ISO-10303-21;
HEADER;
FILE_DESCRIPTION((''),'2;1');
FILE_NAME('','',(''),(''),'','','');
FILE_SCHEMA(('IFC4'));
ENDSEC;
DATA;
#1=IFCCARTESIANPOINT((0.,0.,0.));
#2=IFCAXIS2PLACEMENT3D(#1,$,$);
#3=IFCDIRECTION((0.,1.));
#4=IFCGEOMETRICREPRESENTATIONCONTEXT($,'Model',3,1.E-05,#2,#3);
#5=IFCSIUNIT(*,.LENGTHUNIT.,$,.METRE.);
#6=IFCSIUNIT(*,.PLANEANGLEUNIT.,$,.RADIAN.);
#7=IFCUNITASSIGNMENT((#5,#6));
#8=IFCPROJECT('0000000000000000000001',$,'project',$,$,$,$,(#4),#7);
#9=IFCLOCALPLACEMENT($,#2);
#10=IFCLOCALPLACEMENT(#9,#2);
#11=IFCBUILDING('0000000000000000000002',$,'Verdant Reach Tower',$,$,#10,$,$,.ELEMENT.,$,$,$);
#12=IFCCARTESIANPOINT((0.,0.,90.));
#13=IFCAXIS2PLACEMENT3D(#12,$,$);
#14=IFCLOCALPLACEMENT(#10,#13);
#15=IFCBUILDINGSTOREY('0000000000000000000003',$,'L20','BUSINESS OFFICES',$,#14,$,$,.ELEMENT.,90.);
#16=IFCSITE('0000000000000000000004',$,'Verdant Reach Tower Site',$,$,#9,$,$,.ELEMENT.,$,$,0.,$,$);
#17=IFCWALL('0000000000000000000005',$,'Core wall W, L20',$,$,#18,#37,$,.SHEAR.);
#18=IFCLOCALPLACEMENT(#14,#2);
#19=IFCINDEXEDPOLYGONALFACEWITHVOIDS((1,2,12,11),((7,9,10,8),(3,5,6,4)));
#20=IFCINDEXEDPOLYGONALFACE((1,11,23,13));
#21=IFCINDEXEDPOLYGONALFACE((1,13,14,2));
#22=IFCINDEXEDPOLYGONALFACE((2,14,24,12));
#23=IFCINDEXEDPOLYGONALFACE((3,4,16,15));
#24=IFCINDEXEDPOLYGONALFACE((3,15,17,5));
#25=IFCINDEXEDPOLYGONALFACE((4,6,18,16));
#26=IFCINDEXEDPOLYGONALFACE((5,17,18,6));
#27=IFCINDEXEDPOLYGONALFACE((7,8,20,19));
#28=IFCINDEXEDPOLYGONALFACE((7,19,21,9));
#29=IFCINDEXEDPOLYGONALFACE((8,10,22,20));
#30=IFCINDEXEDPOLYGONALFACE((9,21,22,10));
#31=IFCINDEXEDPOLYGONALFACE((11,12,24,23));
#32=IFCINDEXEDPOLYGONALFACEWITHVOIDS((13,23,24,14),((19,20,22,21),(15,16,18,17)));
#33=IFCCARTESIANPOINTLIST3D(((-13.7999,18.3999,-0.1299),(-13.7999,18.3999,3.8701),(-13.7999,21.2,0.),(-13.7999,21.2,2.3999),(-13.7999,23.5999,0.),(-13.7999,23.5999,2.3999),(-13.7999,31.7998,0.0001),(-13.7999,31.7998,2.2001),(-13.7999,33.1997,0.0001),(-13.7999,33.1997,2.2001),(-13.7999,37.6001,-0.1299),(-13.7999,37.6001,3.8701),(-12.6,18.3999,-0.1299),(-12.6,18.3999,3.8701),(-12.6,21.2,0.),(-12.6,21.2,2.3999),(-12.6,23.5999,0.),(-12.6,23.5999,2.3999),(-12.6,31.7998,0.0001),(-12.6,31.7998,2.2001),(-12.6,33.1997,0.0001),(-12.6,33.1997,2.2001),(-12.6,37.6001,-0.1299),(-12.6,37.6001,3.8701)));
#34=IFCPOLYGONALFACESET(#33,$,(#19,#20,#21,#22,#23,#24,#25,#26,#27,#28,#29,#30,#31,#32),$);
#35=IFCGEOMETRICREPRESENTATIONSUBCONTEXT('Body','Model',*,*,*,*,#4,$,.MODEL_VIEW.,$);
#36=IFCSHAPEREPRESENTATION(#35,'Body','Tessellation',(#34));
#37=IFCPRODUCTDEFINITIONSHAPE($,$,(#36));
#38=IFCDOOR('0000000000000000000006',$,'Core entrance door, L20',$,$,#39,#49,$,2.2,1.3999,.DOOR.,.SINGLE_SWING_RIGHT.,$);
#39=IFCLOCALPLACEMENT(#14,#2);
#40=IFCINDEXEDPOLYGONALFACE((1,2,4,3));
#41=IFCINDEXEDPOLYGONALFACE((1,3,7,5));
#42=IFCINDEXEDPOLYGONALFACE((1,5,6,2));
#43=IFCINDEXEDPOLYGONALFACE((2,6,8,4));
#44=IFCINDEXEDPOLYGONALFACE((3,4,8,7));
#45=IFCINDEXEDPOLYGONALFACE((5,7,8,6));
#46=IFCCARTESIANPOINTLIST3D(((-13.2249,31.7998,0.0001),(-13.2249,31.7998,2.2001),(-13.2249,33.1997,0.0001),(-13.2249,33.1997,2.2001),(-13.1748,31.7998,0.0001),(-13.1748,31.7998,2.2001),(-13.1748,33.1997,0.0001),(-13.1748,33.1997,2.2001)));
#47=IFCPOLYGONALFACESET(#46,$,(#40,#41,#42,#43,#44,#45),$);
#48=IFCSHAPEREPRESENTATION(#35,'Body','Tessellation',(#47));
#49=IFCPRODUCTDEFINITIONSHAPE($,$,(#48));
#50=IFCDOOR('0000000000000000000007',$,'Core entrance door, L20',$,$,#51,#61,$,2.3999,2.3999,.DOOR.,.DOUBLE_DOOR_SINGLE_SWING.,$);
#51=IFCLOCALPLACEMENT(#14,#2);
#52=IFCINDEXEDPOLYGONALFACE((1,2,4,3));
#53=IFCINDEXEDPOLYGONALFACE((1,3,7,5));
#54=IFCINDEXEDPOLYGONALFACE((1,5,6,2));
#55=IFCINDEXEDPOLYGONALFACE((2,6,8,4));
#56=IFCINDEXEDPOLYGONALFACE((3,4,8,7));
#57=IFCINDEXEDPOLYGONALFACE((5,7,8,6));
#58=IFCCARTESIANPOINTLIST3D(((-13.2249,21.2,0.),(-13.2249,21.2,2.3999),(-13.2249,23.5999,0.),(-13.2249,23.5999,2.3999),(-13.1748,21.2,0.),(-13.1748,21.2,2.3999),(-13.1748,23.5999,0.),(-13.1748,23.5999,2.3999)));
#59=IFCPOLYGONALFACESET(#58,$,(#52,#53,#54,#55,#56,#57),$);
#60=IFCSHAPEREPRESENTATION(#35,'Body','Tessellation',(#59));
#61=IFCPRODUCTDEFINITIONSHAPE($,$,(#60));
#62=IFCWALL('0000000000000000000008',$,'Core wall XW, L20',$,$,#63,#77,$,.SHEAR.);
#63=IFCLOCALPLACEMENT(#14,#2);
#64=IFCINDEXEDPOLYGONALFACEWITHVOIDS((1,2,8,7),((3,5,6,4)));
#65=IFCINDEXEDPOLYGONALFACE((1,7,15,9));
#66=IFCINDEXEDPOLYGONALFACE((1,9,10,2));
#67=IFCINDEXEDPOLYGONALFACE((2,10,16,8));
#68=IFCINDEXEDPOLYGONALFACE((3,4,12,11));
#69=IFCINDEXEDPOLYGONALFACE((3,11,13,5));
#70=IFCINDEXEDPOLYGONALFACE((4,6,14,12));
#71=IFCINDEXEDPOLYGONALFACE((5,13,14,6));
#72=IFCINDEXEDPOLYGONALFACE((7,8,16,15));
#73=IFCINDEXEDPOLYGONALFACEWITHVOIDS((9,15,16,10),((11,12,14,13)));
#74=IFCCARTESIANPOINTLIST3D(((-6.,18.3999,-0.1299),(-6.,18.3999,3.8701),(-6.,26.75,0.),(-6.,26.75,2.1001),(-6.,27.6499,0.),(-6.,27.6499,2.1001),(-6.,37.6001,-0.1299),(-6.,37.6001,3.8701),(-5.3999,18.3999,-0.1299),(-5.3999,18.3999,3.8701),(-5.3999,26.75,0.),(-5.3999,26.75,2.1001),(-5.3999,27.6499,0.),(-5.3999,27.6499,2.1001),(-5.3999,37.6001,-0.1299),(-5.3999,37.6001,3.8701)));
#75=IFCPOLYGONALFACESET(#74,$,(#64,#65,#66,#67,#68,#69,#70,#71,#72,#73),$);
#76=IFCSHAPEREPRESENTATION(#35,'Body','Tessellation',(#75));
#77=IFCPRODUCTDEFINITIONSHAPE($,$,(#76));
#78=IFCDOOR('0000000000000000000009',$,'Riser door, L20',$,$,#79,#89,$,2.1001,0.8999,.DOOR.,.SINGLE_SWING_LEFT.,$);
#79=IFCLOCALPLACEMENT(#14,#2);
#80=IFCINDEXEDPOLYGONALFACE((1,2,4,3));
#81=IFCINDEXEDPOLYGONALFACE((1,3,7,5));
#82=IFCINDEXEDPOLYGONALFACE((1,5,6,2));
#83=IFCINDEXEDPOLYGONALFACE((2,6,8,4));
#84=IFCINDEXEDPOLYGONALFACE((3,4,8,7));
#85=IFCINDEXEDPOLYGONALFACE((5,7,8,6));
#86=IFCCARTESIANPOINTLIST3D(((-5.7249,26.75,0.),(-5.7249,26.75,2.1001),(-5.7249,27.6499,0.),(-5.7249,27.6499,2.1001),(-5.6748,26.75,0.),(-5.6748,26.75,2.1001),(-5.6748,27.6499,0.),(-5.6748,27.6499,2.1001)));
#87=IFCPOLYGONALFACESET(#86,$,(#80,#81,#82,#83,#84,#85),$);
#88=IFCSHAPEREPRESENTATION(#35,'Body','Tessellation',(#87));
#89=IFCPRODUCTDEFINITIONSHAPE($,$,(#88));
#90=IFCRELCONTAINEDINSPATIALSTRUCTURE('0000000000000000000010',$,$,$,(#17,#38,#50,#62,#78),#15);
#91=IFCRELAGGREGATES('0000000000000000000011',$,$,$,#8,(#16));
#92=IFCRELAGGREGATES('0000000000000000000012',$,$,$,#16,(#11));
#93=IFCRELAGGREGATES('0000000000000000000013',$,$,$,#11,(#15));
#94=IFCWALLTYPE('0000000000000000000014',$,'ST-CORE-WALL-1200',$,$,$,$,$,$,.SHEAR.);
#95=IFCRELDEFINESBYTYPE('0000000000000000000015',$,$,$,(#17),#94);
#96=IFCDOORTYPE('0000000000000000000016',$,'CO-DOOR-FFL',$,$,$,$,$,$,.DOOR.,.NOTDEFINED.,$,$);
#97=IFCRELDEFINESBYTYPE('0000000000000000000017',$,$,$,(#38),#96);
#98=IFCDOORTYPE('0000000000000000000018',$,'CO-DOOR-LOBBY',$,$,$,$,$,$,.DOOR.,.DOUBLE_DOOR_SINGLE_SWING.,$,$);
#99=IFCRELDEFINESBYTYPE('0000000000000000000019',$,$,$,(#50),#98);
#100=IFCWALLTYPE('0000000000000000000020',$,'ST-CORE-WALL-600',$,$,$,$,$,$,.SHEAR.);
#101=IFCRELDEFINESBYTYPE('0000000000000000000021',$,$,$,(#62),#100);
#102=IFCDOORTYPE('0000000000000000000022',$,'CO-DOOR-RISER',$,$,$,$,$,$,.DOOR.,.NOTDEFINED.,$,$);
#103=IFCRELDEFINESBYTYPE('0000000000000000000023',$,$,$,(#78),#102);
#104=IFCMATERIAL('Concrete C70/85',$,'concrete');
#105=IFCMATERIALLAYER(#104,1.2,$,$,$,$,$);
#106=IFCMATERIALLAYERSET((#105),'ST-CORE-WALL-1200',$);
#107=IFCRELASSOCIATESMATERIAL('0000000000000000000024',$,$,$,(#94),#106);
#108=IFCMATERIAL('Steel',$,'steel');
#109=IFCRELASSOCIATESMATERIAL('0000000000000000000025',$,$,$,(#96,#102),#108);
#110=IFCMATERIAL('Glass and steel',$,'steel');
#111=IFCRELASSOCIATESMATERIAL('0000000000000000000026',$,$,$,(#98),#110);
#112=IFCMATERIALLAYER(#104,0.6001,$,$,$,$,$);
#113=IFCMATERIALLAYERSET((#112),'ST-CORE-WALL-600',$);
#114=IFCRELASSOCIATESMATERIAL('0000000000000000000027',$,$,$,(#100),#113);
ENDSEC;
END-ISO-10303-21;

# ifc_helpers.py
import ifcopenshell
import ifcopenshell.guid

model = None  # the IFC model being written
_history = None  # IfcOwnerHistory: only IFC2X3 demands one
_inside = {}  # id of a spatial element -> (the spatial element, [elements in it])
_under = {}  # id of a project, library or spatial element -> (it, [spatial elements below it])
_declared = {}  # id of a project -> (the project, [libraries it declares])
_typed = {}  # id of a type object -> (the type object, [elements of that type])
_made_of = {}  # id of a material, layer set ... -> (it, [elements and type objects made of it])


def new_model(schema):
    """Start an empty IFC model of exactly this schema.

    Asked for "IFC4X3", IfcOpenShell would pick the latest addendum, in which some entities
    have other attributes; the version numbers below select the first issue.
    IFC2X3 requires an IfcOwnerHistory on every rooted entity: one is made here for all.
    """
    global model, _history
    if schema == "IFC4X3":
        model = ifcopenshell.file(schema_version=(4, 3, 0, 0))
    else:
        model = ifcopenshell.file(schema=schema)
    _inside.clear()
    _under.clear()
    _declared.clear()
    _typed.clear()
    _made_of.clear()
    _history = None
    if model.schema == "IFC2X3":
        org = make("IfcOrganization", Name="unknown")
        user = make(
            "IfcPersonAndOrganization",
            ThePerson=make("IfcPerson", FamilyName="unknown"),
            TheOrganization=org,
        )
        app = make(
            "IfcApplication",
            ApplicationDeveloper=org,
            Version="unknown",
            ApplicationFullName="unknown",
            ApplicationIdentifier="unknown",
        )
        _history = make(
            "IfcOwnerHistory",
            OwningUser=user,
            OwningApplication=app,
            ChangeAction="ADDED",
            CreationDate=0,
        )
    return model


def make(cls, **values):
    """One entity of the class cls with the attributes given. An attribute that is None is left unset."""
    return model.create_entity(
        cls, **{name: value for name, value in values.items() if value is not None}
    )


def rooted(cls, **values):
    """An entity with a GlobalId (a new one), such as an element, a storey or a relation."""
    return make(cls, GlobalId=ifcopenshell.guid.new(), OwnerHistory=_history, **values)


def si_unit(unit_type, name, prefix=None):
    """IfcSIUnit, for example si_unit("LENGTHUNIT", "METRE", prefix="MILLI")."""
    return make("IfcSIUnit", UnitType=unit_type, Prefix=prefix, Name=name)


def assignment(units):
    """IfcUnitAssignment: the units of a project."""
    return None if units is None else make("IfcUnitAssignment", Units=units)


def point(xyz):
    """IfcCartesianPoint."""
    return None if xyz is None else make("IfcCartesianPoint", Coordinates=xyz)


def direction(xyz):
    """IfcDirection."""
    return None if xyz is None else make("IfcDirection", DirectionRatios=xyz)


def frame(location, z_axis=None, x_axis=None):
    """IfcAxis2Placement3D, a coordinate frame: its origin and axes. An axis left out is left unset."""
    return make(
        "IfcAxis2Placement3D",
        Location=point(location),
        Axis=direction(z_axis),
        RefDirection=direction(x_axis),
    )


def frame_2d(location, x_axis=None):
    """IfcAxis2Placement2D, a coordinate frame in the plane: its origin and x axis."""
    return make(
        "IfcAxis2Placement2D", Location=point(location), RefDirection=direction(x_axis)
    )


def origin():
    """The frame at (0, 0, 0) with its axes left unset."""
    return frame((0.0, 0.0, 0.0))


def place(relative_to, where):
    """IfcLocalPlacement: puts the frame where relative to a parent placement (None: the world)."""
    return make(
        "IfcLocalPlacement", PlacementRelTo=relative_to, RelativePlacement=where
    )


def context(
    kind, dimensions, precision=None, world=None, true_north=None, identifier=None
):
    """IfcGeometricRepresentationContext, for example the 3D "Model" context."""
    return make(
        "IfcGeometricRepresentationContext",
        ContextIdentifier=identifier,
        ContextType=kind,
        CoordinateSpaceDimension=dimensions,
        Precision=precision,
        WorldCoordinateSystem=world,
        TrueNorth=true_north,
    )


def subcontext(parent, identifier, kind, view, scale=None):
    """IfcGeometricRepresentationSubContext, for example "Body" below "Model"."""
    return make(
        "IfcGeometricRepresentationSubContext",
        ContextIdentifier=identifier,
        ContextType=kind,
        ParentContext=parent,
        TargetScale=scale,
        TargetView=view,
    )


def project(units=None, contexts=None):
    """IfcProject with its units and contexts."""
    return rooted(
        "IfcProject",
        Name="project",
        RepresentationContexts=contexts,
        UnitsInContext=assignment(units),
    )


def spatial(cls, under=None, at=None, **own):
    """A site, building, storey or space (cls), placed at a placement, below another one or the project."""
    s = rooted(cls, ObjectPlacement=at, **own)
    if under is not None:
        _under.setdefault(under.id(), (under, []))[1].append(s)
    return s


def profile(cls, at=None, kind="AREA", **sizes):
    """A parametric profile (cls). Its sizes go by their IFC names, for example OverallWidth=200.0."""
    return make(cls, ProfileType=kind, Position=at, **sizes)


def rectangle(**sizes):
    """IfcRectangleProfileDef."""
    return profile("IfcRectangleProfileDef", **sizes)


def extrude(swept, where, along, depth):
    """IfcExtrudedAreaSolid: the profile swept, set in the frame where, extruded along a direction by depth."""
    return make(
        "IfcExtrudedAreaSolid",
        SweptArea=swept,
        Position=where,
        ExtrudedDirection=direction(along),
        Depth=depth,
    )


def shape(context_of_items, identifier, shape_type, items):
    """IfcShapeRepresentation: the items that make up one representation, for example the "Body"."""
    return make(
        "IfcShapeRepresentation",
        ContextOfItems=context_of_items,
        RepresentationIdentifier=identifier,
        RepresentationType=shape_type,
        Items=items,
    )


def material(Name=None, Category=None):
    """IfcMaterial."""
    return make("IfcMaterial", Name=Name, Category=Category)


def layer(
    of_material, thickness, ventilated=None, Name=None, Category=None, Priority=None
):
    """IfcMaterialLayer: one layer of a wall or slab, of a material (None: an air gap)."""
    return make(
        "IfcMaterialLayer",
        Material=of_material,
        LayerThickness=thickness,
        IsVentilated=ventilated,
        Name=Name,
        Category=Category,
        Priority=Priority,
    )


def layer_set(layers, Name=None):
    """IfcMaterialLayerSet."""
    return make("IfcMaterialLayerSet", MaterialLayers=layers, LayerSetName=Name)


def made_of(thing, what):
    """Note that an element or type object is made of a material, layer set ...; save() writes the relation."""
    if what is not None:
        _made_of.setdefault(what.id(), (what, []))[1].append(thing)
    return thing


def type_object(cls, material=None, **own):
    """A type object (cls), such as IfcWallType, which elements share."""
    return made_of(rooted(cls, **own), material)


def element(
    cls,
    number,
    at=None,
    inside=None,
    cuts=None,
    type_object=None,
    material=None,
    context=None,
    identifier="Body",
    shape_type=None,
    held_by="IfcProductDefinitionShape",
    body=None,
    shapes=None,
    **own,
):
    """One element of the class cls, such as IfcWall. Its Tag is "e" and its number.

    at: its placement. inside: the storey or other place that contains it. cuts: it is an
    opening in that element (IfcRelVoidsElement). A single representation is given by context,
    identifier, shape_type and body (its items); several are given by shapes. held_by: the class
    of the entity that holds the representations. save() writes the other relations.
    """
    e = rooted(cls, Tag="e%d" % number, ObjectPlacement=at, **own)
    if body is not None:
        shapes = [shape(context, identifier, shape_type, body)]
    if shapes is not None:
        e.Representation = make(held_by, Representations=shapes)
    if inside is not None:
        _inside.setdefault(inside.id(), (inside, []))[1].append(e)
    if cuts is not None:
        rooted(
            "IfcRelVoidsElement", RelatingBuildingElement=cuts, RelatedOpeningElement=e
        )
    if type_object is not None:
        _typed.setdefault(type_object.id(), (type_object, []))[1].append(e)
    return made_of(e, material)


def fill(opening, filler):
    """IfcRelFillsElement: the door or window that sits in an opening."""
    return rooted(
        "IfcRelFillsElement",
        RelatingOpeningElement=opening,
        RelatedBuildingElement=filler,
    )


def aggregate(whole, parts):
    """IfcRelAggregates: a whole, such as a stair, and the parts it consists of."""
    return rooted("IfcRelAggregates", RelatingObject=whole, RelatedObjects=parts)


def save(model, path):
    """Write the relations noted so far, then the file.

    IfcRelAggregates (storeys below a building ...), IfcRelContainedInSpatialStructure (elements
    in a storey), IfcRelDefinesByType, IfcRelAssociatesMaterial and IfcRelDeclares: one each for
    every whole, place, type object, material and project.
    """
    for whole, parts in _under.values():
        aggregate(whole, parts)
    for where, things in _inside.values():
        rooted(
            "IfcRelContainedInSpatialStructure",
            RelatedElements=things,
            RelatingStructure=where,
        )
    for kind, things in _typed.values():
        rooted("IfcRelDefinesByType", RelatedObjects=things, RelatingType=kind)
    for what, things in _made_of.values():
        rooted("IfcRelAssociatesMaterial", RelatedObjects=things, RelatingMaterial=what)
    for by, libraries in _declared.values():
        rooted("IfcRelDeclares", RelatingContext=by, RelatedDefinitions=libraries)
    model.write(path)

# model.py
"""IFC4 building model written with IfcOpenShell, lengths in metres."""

from ifc_helpers import new_model, si_unit, direction, frame, frame_2d, origin, place, context, subcontext, project, spatial, rectangle, extrude, material, layer, layer_set, type_object, element, fill, save


model = new_model("IFC4")

# Units and contexts
model_context = context("Model", 3, precision=1e-05, world=origin(), true_north=direction((0.0, 1.0)))
body_context = subcontext(model_context, "Body", "Model", "MODEL_VIEW")
ifc_project = project(units=[si_unit("LENGTHUNIT", "METRE"), si_unit("PLANEANGLEUNIT", "RADIAN")], contexts=[model_context])

# Site, building, storey
site_placement = place(None, origin())
site = spatial("IfcSite", under=ifc_project, at=site_placement, Name="Verdant Reach Tower Site", CompositionType="ELEMENT", RefElevation=0.0)
building_placement = place(site_placement, origin())
building = spatial("IfcBuilding", under=site, at=building_placement, Name="Verdant Reach Tower", CompositionType="ELEMENT")
storey_placement = place(building_placement, frame((0.0, 0.0, 90.0)))
storey = spatial("IfcBuildingStorey", under=building, at=storey_placement, Name="L20", Description="BUSINESS OFFICES", CompositionType="ELEMENT", Elevation=90.0)

# Wall, openings, doors
ifc_material_1 = material(Name="Concrete C70/85", Category="concrete")
ifc_layer_1 = layer(ifc_material_1, 1.2)
ifc_layer_set_1 = layer_set([ifc_layer_1], Name="ST-CORE-WALL-1200")
wall_type_1 = type_object("IfcWallType", Name="ST-CORE-WALL-1200", PredefinedType="SHEAR", material=ifc_layer_set_1)
wall_1_placement = place(storey_placement, frame((-13.2, 18.3999, -0.1299), z_axis=(0.0, 0.0, 1.0), x_axis=(0.0, 1.0, 0.0)))
wall_1 = element("IfcWall", 1, at=wall_1_placement, inside=storey, type_object=wall_type_1, Name="Core wall W, L20", PredefinedType="SHEAR", context=body_context, shape_type="SweptSolid", body=[
    extrude(rectangle(XDim=19.2002, YDim=1.2, at=frame_2d((9.6001, 0.0))), origin(), (0.0, 0.0, 1.0), 4.0),
])
opening_1_placement = place(wall_1_placement, frame((2.8, 0.0, 0.1299)))
opening_1 = element("IfcOpeningElement", 2, at=opening_1_placement, cuts=wall_1, PredefinedType="OPENING", context=body_context, shape_type="SweptSolid", body=[
    extrude(rectangle(XDim=2.3999, YDim=2.3999, at=frame_2d((1.2, 1.2))), frame((0.0, 0.6099, 0.0), z_axis=(0.0, -1.0, 0.0), x_axis=(1.0, 0.0, 0.0)), (0.0, 0.0, 1.0), 1.22),
])
opening_2_placement = place(wall_1_placement, frame((13.3999, 0.0, 0.1299)))
opening_2 = element("IfcOpeningElement", 3, at=opening_2_placement, cuts=wall_1, PredefinedType="OPENING", context=body_context, shape_type="SweptSolid", body=[
    extrude(rectangle(XDim=1.3999, YDim=2.2, at=frame_2d((0.7, 1.1001))), frame((0.0, 0.6099, 0.0), z_axis=(0.0, -1.0, 0.0), x_axis=(1.0, 0.0, 0.0)), (0.0, 0.0, 1.0), 1.22),
])
ifc_material_2 = material(Name="Steel", Category="steel")
door_type_1 = type_object("IfcDoorType", Name="CO-DOOR-FFL", OperationType="NOTDEFINED", PredefinedType="DOOR", material=ifc_material_2)
door_1_placement = place(opening_2_placement, origin())
door_1 = element("IfcDoor", 4, at=door_1_placement, inside=storey, type_object=door_type_1, Name="Core entrance door, L20", OperationType="SINGLE_SWING_RIGHT", OverallHeight=2.2, OverallWidth=1.3999, PredefinedType="DOOR", context=body_context, shape_type="SweptSolid", body=[
    extrude(rectangle(XDim=1.3999, YDim=2.2, at=frame_2d((0.7, 1.1001))), frame((0.0, 0.0249, 0.0), z_axis=(0.0, -1.0, 0.0), x_axis=(1.0, 0.0, 0.0)), (0.0, 0.0, 1.0), 0.05),
])
fill(opening_2, door_1)
ifc_material_3 = material(Name="Glass and steel", Category="steel")
door_type_2 = type_object("IfcDoorType", Name="CO-DOOR-LOBBY", OperationType="DOUBLE_DOOR_SINGLE_SWING", PredefinedType="DOOR", material=ifc_material_3)
door_2_placement = place(opening_1_placement, origin())
door_2 = element("IfcDoor", 5, at=door_2_placement, inside=storey, type_object=door_type_2, Name="Core entrance door, L20", OperationType="DOUBLE_DOOR_SINGLE_SWING", OverallHeight=2.3999, OverallWidth=2.3999, PredefinedType="DOOR", context=body_context, shape_type="SweptSolid", body=[
    extrude(rectangle(XDim=2.3999, YDim=2.3999, at=frame_2d((1.2, 1.2))), frame((0.0, 0.0249, 0.0), z_axis=(0.0, -1.0, 0.0), x_axis=(1.0, 0.0, 0.0)), (0.0, 0.0, 1.0), 0.05),
])
fill(opening_1, door_2)

# Wall, opening, door
ifc_layer_2 = layer(ifc_material_1, 0.6001)
ifc_layer_set_2 = layer_set([ifc_layer_2], Name="ST-CORE-WALL-600")
wall_type_2 = type_object("IfcWallType", Name="ST-CORE-WALL-600", PredefinedType="SHEAR", material=ifc_layer_set_2)
wall_2_placement = place(storey_placement, frame((-5.7, 18.3999, -0.1299), z_axis=(0.0, 0.0, 1.0), x_axis=(0.0, 1.0, 0.0)))
wall_2 = element("IfcWall", 6, at=wall_2_placement, inside=storey, type_object=wall_type_2, Name="Core wall XW, L20", PredefinedType="SHEAR", context=body_context, shape_type="SweptSolid", body=[
    extrude(rectangle(XDim=19.2002, YDim=0.6001, at=frame_2d((9.6001, 0.0))), origin(), (0.0, 0.0, 1.0), 4.0),
])
opening_3_placement = place(wall_2_placement, frame((8.3501, 0.0, 0.1299)))
opening_3 = element("IfcOpeningElement", 7, at=opening_3_placement, cuts=wall_2, PredefinedType="OPENING", context=body_context, shape_type="SweptSolid", body=[
    extrude(rectangle(XDim=0.8999, YDim=2.1001, at=frame_2d((0.45, 1.05))), frame((0.0, 0.3101, 0.0), z_axis=(0.0, -1.0, 0.0), x_axis=(1.0, 0.0, 0.0)), (0.0, 0.0, 1.0), 0.6201),
])
door_type_3 = type_object("IfcDoorType", Name="CO-DOOR-RISER", OperationType="NOTDEFINED", PredefinedType="DOOR", material=ifc_material_2)
door_3_placement = place(opening_3_placement, origin())
door_3 = element("IfcDoor", 8, at=door_3_placement, inside=storey, type_object=door_type_3, Name="Riser door, L20", OperationType="SINGLE_SWING_LEFT", OverallHeight=2.1001, OverallWidth=0.8999, PredefinedType="DOOR", context=body_context, shape_type="SweptSolid", body=[
    extrude(rectangle(XDim=0.8999, YDim=2.1001, at=frame_2d((0.45, 1.05))), frame((0.0, 0.0249, 0.0), z_axis=(0.0, -1.0, 0.0), x_axis=(1.0, 0.0, 0.0)), (0.0, 0.0, 1.0), 0.05),
])
fill(opening_3, door_3)

save(model, "model.ifc")
